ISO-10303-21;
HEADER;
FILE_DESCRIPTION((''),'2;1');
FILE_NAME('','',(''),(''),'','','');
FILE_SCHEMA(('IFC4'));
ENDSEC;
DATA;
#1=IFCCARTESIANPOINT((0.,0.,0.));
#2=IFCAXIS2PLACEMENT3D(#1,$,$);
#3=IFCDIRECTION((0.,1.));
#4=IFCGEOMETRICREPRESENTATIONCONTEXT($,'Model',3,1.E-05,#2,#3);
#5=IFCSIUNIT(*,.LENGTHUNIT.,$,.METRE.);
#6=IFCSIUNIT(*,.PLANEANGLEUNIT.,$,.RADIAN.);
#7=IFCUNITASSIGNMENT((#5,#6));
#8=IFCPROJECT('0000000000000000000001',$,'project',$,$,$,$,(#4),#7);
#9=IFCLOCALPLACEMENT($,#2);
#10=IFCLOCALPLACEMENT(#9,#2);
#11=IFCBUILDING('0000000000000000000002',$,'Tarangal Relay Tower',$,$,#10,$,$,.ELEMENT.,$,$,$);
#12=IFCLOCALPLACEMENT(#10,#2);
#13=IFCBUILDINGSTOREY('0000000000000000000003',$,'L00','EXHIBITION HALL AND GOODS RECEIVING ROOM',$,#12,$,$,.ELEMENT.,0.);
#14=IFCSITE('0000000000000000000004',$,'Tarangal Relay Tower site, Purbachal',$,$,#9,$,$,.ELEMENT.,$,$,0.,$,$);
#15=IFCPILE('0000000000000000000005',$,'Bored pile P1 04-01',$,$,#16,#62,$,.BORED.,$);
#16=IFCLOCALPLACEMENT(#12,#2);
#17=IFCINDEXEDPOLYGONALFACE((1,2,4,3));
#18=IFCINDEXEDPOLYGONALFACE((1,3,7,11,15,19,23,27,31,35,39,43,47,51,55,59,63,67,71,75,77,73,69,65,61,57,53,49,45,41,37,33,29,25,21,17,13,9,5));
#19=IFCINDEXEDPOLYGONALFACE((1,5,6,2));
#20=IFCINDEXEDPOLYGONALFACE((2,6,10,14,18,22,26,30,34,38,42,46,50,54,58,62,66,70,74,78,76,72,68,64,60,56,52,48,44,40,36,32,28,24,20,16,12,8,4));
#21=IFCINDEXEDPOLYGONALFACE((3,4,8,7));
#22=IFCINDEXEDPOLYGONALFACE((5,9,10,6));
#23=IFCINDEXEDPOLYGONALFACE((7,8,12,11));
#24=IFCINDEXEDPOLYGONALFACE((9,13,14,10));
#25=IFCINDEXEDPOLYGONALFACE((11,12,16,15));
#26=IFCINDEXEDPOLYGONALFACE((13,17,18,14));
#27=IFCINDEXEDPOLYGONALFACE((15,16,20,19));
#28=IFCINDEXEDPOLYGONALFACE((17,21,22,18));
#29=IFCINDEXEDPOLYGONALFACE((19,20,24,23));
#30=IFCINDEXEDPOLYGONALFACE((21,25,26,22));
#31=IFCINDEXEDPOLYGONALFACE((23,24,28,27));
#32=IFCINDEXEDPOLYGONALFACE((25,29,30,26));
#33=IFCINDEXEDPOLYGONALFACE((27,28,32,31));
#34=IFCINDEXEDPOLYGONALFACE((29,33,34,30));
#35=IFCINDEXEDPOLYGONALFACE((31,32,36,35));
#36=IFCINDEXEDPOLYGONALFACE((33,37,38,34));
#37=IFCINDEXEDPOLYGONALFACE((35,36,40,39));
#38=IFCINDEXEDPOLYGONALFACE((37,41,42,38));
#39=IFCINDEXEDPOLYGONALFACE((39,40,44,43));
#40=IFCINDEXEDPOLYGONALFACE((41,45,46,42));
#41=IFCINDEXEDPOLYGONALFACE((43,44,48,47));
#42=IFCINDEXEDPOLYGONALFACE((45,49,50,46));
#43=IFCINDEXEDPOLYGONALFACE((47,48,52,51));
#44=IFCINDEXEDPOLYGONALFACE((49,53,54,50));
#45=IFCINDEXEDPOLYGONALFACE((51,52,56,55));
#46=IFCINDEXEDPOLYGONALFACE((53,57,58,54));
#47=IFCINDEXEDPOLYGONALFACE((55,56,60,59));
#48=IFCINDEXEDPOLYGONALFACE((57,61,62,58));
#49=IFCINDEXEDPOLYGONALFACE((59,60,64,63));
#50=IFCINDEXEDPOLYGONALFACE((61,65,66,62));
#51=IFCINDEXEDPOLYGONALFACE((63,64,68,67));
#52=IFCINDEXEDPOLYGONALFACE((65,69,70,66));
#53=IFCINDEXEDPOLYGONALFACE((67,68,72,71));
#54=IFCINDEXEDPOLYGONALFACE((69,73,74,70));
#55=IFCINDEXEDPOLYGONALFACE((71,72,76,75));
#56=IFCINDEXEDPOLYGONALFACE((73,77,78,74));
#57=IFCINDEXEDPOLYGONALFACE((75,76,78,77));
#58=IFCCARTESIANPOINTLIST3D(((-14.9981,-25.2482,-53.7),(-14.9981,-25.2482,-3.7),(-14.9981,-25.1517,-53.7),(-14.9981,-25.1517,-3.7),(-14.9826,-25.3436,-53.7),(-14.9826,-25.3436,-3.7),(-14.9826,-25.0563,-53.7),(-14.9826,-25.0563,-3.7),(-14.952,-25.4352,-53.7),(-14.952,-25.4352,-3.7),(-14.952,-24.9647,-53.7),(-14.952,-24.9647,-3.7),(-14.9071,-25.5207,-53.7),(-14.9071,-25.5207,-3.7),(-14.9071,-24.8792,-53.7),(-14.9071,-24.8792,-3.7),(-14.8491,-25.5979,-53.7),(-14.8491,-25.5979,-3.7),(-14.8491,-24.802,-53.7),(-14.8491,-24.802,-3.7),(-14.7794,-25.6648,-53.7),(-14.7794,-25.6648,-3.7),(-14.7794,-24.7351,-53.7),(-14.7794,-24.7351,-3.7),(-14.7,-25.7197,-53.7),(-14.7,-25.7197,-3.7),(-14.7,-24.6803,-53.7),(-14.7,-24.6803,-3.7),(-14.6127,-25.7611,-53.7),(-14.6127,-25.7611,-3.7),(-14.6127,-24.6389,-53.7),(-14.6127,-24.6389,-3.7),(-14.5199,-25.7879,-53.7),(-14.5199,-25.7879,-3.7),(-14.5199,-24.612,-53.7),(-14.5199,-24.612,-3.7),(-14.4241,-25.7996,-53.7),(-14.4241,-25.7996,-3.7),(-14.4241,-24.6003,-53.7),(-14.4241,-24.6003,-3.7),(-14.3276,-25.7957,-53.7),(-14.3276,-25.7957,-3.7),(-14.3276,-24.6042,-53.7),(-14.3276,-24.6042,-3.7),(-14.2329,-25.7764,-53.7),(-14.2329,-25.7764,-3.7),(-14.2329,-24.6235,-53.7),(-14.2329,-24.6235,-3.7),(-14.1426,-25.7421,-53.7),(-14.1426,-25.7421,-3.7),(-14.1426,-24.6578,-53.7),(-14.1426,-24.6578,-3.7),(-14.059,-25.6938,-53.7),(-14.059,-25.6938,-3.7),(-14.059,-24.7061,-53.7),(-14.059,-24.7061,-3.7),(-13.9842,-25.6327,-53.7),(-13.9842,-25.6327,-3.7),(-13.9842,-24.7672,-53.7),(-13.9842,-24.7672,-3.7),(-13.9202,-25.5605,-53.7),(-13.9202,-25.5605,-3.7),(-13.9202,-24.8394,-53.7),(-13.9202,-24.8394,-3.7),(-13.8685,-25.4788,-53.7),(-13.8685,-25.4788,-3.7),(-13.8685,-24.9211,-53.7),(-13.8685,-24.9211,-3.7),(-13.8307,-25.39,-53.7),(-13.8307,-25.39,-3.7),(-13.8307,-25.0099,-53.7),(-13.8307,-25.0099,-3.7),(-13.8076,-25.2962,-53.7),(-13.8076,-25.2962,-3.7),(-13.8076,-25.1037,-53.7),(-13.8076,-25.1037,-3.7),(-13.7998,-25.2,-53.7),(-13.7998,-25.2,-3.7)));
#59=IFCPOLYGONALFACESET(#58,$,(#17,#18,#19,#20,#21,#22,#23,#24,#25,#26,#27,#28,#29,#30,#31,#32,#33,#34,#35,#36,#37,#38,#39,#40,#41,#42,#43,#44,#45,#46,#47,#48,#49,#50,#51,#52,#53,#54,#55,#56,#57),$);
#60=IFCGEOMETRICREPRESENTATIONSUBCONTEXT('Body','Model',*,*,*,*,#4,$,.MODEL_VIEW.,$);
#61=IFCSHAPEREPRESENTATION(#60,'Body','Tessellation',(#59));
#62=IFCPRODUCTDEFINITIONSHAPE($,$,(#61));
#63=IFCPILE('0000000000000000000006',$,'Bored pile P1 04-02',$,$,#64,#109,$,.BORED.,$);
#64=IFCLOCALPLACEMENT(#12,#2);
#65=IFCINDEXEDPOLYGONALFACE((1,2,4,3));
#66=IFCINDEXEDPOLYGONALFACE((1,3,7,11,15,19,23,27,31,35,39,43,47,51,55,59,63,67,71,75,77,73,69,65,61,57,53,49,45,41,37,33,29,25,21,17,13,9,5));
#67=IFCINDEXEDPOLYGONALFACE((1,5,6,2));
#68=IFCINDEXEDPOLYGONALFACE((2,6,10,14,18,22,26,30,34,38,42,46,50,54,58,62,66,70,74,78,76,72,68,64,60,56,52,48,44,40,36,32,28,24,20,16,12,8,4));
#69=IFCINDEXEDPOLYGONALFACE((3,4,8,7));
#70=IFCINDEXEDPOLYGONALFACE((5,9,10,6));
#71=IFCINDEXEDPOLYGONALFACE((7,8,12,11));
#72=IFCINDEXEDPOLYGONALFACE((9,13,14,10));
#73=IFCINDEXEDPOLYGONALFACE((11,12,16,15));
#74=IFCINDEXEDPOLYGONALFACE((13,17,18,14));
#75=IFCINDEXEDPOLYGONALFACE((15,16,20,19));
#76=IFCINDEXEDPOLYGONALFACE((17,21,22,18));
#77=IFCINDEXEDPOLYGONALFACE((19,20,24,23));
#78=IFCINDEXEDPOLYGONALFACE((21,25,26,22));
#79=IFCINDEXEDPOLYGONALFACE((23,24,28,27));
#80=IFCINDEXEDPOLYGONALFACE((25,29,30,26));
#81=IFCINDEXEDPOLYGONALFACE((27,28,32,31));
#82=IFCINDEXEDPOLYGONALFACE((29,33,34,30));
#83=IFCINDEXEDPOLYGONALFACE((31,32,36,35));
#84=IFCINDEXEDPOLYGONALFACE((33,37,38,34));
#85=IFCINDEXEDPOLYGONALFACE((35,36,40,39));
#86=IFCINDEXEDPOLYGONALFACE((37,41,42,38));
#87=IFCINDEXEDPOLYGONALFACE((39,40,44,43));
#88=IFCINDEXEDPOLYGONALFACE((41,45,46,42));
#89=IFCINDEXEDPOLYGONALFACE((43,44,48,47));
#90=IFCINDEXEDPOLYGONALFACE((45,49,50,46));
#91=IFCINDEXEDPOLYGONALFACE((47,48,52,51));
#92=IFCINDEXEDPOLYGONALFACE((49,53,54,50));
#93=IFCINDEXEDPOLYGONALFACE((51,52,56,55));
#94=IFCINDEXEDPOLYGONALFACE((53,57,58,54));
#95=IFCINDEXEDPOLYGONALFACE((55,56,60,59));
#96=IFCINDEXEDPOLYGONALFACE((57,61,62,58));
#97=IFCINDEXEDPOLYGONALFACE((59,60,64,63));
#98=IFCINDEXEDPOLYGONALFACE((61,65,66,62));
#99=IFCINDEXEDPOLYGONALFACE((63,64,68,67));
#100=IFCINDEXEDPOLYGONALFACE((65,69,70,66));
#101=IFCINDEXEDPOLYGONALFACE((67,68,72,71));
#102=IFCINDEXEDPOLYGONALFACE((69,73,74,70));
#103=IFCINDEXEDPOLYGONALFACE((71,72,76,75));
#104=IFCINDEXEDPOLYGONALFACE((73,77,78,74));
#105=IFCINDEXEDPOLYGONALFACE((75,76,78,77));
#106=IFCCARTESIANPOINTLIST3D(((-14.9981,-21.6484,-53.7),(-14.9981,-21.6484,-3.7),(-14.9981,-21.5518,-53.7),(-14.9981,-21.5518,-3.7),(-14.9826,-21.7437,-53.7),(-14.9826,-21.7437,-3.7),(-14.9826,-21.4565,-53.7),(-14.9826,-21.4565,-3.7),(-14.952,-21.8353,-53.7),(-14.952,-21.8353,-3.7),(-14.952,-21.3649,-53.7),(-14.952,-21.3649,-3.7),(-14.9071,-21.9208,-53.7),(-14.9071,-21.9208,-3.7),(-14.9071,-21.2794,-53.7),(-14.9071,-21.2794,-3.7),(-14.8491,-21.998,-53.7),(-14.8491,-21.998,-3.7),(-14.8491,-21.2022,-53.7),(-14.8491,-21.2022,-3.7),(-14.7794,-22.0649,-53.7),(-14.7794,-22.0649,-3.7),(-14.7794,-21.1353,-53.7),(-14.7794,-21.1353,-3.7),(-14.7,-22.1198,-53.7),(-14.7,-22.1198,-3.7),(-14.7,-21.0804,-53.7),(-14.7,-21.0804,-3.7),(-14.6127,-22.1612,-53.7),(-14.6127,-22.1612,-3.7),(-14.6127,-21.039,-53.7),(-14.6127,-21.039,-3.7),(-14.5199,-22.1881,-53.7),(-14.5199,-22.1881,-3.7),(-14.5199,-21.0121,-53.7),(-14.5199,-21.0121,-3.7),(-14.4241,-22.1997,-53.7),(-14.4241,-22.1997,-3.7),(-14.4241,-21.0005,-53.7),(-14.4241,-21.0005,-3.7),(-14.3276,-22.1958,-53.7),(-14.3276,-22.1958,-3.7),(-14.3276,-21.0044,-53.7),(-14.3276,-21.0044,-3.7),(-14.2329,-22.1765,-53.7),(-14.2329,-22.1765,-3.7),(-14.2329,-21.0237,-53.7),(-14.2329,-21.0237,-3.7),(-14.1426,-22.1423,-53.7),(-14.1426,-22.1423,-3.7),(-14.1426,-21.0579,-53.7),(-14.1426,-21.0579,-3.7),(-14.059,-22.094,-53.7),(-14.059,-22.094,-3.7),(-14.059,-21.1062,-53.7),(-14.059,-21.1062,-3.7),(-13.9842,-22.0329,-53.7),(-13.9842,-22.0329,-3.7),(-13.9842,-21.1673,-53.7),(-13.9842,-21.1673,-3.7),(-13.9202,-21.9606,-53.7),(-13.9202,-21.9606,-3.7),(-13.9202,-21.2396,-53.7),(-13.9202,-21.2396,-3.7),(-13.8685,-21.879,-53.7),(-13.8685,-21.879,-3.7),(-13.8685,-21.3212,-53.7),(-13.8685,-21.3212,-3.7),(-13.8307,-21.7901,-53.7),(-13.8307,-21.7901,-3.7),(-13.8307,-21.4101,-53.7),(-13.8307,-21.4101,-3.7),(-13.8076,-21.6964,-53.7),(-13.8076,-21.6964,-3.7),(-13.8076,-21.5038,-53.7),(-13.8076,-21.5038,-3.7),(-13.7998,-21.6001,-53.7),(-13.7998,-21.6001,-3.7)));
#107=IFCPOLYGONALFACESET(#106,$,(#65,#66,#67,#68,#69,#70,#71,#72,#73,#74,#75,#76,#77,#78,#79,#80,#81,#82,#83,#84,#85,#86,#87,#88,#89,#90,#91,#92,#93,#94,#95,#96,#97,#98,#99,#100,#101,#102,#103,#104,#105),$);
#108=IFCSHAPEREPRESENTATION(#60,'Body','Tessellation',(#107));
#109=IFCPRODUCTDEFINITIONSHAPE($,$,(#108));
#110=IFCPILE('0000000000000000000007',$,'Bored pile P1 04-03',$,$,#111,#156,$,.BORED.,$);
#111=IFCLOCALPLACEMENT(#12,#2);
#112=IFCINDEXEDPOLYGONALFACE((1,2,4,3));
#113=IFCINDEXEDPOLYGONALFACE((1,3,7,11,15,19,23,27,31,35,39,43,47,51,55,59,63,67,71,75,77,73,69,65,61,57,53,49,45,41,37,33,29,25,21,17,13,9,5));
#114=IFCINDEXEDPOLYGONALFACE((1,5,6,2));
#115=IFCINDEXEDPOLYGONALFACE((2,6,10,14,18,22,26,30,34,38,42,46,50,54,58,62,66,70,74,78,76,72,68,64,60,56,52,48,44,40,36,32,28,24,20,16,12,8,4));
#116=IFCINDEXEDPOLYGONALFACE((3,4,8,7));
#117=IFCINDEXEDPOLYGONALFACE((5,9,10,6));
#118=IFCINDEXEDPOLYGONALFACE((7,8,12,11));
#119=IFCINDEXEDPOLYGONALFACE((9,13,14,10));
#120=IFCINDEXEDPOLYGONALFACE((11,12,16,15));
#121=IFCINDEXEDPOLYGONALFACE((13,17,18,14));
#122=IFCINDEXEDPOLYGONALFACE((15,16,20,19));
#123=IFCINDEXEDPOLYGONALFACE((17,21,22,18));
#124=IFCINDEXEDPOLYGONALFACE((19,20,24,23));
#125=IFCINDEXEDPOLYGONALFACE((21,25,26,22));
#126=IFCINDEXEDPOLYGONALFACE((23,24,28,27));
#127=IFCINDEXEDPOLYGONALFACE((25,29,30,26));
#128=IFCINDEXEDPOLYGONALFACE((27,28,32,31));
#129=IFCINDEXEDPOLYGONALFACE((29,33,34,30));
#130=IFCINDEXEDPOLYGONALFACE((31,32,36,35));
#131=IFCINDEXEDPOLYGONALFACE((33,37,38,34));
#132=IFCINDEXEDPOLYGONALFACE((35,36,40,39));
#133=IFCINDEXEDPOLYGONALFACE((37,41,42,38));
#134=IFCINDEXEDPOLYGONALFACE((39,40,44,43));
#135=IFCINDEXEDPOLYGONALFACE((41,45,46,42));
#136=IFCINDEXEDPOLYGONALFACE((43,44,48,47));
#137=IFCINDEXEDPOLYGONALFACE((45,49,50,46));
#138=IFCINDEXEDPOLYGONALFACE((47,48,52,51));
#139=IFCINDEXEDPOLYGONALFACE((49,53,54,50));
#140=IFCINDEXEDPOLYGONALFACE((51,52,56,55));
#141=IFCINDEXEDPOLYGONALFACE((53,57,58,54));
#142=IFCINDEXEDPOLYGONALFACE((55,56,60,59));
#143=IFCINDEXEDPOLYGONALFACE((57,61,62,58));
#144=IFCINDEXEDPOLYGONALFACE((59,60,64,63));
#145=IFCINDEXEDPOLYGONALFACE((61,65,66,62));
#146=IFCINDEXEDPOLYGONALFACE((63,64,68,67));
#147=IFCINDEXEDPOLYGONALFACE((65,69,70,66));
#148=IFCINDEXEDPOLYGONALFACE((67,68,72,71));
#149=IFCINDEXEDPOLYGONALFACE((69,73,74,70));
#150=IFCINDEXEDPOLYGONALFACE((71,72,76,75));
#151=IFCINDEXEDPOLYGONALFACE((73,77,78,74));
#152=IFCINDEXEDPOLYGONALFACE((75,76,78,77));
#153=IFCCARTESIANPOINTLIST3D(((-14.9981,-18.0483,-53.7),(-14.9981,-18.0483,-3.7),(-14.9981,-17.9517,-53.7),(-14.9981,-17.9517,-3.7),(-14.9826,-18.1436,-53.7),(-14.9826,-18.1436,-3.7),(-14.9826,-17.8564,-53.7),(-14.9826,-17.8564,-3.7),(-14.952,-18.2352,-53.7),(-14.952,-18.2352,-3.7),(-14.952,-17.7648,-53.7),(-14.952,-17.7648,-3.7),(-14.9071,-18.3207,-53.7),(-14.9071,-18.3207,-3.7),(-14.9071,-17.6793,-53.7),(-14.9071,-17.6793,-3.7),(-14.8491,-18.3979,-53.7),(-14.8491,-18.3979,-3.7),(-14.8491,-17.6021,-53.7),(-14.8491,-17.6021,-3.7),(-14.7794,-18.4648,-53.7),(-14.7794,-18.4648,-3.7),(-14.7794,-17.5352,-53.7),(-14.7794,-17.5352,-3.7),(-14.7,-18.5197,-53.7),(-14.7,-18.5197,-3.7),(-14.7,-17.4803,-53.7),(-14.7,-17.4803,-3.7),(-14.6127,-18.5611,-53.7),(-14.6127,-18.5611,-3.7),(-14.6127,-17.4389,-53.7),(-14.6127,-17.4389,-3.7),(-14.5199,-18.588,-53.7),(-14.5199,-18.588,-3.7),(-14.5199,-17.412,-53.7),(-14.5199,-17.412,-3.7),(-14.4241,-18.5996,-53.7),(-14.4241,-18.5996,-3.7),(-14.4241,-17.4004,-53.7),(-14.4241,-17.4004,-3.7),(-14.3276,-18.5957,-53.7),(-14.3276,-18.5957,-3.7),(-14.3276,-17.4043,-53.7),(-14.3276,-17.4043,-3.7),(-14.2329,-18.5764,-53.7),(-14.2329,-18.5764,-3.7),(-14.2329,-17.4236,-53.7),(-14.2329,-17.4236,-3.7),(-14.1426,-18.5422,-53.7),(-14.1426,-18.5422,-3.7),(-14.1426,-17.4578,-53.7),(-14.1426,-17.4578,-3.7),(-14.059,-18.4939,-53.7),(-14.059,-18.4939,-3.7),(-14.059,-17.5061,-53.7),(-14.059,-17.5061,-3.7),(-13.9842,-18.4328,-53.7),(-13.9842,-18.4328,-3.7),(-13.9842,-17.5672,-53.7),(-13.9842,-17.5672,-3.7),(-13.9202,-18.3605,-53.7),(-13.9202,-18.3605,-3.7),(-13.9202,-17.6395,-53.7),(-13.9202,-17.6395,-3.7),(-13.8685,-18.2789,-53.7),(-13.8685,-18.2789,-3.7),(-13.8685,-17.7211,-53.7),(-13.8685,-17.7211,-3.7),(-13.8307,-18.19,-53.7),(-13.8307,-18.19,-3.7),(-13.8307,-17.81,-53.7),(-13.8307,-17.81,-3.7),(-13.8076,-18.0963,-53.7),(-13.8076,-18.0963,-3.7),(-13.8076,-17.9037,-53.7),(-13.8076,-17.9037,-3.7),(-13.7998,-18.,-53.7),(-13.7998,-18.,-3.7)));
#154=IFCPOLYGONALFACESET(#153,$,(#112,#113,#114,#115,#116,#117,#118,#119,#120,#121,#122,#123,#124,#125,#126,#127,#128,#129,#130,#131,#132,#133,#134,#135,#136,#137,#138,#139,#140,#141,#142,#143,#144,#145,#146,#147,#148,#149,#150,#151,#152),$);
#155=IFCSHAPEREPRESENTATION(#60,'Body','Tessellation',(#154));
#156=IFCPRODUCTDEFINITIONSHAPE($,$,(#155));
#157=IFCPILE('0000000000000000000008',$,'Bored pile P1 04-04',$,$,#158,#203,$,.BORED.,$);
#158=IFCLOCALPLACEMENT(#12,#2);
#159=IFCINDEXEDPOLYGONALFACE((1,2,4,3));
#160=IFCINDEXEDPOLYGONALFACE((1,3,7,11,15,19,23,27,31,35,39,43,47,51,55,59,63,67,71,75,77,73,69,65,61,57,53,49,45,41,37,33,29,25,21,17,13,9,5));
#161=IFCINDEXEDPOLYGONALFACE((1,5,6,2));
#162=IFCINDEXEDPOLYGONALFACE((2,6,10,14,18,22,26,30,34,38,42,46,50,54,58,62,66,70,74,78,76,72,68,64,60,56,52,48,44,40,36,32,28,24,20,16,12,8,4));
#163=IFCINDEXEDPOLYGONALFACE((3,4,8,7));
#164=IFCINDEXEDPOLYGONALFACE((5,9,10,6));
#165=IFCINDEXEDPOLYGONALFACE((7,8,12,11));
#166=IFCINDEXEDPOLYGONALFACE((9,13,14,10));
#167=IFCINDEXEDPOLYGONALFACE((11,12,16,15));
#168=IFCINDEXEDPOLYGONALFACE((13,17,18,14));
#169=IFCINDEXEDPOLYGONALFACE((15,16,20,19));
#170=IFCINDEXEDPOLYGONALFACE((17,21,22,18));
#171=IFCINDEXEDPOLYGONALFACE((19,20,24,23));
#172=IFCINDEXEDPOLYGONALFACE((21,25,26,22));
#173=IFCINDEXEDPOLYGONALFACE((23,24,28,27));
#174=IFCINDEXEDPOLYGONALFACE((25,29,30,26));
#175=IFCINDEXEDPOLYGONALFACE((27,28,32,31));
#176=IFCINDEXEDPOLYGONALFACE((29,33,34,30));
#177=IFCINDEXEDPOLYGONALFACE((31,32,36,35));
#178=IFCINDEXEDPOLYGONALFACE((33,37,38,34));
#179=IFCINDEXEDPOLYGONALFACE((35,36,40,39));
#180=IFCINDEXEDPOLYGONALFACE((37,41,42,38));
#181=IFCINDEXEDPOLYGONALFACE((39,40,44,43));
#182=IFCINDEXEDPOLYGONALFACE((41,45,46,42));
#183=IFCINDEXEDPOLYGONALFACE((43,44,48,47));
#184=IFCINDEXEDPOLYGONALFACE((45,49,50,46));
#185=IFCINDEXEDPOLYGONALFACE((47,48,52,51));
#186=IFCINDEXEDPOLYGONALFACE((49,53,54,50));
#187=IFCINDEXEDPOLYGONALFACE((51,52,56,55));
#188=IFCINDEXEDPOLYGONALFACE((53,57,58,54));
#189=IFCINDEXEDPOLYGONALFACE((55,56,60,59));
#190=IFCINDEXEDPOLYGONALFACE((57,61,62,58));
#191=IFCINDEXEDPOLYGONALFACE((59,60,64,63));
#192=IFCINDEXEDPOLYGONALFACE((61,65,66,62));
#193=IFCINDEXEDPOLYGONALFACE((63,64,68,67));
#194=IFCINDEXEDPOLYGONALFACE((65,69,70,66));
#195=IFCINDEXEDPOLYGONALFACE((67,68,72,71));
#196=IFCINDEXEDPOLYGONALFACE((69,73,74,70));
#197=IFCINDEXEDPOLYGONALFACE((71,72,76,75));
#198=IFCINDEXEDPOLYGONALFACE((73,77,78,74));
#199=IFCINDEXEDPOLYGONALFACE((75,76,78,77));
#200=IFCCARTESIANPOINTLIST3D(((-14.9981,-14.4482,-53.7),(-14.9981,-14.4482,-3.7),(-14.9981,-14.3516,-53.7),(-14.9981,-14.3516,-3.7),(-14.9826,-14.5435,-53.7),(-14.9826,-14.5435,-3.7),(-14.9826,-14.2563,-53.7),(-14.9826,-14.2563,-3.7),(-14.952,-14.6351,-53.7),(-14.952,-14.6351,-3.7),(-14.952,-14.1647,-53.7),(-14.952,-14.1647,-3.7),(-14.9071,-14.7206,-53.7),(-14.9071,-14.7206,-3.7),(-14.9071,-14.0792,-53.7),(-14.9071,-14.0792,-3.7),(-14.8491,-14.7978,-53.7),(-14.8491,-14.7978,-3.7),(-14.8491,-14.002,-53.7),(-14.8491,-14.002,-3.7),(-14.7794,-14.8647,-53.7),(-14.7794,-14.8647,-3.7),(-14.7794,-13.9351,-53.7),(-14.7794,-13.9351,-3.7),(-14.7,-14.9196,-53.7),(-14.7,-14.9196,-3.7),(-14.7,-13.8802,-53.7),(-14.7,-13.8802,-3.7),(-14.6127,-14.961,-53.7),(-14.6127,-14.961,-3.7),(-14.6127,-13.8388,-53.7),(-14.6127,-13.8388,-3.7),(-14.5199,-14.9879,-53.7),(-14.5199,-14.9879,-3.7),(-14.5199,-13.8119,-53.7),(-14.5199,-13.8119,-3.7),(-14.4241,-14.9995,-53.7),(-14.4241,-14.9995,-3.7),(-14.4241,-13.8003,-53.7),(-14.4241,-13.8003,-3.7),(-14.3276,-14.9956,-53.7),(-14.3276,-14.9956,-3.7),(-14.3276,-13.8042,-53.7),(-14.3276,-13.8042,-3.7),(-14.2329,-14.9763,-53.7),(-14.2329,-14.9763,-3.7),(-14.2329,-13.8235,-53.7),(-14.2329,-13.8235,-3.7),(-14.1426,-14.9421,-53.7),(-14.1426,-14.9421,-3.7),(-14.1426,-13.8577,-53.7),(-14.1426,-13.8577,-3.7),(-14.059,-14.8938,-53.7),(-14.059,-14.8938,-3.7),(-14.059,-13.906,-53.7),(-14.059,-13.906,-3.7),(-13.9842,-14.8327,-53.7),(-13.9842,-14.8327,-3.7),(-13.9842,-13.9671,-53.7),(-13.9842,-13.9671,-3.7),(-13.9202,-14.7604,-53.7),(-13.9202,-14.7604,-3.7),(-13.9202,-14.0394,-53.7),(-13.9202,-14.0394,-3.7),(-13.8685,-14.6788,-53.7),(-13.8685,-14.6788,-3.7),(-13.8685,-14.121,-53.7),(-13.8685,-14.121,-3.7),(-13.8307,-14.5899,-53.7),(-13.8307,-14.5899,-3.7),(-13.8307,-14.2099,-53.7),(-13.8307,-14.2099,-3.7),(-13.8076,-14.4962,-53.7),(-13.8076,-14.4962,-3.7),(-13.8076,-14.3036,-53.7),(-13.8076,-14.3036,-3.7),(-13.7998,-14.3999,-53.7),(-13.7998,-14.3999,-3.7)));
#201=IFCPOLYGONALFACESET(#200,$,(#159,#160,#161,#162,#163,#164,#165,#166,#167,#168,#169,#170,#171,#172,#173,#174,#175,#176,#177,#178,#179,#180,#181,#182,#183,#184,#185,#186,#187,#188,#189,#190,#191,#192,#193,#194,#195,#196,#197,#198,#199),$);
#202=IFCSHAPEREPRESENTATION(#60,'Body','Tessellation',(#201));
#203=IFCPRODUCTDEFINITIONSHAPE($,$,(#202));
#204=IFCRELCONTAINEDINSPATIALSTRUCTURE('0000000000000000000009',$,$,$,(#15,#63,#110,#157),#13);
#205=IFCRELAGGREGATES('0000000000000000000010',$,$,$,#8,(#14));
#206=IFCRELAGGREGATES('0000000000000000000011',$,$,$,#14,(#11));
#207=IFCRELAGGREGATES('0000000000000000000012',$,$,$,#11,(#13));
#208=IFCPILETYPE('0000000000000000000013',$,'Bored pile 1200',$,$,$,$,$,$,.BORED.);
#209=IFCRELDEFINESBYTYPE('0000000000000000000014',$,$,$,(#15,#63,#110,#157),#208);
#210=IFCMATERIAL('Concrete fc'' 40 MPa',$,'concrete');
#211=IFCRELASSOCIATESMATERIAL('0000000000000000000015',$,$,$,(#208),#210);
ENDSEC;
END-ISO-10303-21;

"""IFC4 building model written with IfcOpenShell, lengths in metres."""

from ifc_helpers import new_model, si_unit, direction, frame, origin, origin_2d, place, context, subcontext, project, spatial, circle, extrude, material, material_profile, profile_set, type_object, element, save


model = new_model("IFC4")

# Units and contexts
model_context = context("Model", 3, precision=1e-05, world=origin(), true_north=direction((0.0, 1.0)))
body_context = subcontext(model_context, "Body", "Model", "MODEL_VIEW")
ifc_project = project(units=[si_unit("LENGTHUNIT", "METRE"), si_unit("PLANEANGLEUNIT", "RADIAN")], contexts=[model_context])

# Site, building, storey
site_placement = place(None, origin())
site = spatial("IfcSite", under=ifc_project, at=site_placement, Name="Tarangal Relay Tower site, Purbachal", CompositionType="ELEMENT", RefElevation=0.0)
building_placement = place(site_placement, origin())
building = spatial("IfcBuilding", under=site, at=building_placement, Name="Tarangal Relay Tower", CompositionType="ELEMENT")
storey_placement = place(building_placement, origin())
storey = spatial("IfcBuildingStorey", under=building, at=storey_placement, Name="L00", Description="EXHIBITION HALL AND GOODS RECEIVING ROOM", CompositionType="ELEMENT", Elevation=0.0)

# Piles
ifc_material_1 = material(Name="Concrete fc' 40 MPa", Category="concrete")
ifc_material_profile = material_profile(ifc_material_1, circle(Radius=0.6001, at=origin_2d()), Name="D1200")
ifc_profile_set = profile_set([ifc_material_profile], Name="Concrete fc' 40 MPa")
pile_type = type_object("IfcPileType", Name="Bored pile 1200", PredefinedType="BORED", material=ifc_profile_set)
for number, where, z_axis, x_axis, name in (
    (1, (-14.3999, -25.2, -3.7), (0.0, 0.0, -1.0), (1.0, 0.0, 0.0), "Bored pile P1 04-01"),
    (2, (-14.3999, -21.6001, -3.7), (0.0, 0.0, -1.0), (1.0, 0.0, 0.0), "Bored pile P1 04-02"),
    (3, (-14.3999, -18.0, -3.7), (0.0, 0.0, -1.0), (1.0, 0.0, 0.0), "Bored pile P1 04-03"),
    (4, (-14.3999, -14.3999, -3.7), (0.0, 0.0, -1.0), (1.0, 0.0, 0.0), "Bored pile P1 04-04"),
):
    element("IfcPile", number, at=place(storey_placement, frame(where, z_axis=z_axis, x_axis=x_axis)), inside=storey, type_object=pile_type, Name=name, PredefinedType="BORED", context=body_context, shape_type="SweptSolid", body=[
        extrude(circle(Radius=0.6001, at=origin_2d()), origin(), (0.0, 0.0, 1.0), 50.0),
    ])

save(model, "model.ifc")
